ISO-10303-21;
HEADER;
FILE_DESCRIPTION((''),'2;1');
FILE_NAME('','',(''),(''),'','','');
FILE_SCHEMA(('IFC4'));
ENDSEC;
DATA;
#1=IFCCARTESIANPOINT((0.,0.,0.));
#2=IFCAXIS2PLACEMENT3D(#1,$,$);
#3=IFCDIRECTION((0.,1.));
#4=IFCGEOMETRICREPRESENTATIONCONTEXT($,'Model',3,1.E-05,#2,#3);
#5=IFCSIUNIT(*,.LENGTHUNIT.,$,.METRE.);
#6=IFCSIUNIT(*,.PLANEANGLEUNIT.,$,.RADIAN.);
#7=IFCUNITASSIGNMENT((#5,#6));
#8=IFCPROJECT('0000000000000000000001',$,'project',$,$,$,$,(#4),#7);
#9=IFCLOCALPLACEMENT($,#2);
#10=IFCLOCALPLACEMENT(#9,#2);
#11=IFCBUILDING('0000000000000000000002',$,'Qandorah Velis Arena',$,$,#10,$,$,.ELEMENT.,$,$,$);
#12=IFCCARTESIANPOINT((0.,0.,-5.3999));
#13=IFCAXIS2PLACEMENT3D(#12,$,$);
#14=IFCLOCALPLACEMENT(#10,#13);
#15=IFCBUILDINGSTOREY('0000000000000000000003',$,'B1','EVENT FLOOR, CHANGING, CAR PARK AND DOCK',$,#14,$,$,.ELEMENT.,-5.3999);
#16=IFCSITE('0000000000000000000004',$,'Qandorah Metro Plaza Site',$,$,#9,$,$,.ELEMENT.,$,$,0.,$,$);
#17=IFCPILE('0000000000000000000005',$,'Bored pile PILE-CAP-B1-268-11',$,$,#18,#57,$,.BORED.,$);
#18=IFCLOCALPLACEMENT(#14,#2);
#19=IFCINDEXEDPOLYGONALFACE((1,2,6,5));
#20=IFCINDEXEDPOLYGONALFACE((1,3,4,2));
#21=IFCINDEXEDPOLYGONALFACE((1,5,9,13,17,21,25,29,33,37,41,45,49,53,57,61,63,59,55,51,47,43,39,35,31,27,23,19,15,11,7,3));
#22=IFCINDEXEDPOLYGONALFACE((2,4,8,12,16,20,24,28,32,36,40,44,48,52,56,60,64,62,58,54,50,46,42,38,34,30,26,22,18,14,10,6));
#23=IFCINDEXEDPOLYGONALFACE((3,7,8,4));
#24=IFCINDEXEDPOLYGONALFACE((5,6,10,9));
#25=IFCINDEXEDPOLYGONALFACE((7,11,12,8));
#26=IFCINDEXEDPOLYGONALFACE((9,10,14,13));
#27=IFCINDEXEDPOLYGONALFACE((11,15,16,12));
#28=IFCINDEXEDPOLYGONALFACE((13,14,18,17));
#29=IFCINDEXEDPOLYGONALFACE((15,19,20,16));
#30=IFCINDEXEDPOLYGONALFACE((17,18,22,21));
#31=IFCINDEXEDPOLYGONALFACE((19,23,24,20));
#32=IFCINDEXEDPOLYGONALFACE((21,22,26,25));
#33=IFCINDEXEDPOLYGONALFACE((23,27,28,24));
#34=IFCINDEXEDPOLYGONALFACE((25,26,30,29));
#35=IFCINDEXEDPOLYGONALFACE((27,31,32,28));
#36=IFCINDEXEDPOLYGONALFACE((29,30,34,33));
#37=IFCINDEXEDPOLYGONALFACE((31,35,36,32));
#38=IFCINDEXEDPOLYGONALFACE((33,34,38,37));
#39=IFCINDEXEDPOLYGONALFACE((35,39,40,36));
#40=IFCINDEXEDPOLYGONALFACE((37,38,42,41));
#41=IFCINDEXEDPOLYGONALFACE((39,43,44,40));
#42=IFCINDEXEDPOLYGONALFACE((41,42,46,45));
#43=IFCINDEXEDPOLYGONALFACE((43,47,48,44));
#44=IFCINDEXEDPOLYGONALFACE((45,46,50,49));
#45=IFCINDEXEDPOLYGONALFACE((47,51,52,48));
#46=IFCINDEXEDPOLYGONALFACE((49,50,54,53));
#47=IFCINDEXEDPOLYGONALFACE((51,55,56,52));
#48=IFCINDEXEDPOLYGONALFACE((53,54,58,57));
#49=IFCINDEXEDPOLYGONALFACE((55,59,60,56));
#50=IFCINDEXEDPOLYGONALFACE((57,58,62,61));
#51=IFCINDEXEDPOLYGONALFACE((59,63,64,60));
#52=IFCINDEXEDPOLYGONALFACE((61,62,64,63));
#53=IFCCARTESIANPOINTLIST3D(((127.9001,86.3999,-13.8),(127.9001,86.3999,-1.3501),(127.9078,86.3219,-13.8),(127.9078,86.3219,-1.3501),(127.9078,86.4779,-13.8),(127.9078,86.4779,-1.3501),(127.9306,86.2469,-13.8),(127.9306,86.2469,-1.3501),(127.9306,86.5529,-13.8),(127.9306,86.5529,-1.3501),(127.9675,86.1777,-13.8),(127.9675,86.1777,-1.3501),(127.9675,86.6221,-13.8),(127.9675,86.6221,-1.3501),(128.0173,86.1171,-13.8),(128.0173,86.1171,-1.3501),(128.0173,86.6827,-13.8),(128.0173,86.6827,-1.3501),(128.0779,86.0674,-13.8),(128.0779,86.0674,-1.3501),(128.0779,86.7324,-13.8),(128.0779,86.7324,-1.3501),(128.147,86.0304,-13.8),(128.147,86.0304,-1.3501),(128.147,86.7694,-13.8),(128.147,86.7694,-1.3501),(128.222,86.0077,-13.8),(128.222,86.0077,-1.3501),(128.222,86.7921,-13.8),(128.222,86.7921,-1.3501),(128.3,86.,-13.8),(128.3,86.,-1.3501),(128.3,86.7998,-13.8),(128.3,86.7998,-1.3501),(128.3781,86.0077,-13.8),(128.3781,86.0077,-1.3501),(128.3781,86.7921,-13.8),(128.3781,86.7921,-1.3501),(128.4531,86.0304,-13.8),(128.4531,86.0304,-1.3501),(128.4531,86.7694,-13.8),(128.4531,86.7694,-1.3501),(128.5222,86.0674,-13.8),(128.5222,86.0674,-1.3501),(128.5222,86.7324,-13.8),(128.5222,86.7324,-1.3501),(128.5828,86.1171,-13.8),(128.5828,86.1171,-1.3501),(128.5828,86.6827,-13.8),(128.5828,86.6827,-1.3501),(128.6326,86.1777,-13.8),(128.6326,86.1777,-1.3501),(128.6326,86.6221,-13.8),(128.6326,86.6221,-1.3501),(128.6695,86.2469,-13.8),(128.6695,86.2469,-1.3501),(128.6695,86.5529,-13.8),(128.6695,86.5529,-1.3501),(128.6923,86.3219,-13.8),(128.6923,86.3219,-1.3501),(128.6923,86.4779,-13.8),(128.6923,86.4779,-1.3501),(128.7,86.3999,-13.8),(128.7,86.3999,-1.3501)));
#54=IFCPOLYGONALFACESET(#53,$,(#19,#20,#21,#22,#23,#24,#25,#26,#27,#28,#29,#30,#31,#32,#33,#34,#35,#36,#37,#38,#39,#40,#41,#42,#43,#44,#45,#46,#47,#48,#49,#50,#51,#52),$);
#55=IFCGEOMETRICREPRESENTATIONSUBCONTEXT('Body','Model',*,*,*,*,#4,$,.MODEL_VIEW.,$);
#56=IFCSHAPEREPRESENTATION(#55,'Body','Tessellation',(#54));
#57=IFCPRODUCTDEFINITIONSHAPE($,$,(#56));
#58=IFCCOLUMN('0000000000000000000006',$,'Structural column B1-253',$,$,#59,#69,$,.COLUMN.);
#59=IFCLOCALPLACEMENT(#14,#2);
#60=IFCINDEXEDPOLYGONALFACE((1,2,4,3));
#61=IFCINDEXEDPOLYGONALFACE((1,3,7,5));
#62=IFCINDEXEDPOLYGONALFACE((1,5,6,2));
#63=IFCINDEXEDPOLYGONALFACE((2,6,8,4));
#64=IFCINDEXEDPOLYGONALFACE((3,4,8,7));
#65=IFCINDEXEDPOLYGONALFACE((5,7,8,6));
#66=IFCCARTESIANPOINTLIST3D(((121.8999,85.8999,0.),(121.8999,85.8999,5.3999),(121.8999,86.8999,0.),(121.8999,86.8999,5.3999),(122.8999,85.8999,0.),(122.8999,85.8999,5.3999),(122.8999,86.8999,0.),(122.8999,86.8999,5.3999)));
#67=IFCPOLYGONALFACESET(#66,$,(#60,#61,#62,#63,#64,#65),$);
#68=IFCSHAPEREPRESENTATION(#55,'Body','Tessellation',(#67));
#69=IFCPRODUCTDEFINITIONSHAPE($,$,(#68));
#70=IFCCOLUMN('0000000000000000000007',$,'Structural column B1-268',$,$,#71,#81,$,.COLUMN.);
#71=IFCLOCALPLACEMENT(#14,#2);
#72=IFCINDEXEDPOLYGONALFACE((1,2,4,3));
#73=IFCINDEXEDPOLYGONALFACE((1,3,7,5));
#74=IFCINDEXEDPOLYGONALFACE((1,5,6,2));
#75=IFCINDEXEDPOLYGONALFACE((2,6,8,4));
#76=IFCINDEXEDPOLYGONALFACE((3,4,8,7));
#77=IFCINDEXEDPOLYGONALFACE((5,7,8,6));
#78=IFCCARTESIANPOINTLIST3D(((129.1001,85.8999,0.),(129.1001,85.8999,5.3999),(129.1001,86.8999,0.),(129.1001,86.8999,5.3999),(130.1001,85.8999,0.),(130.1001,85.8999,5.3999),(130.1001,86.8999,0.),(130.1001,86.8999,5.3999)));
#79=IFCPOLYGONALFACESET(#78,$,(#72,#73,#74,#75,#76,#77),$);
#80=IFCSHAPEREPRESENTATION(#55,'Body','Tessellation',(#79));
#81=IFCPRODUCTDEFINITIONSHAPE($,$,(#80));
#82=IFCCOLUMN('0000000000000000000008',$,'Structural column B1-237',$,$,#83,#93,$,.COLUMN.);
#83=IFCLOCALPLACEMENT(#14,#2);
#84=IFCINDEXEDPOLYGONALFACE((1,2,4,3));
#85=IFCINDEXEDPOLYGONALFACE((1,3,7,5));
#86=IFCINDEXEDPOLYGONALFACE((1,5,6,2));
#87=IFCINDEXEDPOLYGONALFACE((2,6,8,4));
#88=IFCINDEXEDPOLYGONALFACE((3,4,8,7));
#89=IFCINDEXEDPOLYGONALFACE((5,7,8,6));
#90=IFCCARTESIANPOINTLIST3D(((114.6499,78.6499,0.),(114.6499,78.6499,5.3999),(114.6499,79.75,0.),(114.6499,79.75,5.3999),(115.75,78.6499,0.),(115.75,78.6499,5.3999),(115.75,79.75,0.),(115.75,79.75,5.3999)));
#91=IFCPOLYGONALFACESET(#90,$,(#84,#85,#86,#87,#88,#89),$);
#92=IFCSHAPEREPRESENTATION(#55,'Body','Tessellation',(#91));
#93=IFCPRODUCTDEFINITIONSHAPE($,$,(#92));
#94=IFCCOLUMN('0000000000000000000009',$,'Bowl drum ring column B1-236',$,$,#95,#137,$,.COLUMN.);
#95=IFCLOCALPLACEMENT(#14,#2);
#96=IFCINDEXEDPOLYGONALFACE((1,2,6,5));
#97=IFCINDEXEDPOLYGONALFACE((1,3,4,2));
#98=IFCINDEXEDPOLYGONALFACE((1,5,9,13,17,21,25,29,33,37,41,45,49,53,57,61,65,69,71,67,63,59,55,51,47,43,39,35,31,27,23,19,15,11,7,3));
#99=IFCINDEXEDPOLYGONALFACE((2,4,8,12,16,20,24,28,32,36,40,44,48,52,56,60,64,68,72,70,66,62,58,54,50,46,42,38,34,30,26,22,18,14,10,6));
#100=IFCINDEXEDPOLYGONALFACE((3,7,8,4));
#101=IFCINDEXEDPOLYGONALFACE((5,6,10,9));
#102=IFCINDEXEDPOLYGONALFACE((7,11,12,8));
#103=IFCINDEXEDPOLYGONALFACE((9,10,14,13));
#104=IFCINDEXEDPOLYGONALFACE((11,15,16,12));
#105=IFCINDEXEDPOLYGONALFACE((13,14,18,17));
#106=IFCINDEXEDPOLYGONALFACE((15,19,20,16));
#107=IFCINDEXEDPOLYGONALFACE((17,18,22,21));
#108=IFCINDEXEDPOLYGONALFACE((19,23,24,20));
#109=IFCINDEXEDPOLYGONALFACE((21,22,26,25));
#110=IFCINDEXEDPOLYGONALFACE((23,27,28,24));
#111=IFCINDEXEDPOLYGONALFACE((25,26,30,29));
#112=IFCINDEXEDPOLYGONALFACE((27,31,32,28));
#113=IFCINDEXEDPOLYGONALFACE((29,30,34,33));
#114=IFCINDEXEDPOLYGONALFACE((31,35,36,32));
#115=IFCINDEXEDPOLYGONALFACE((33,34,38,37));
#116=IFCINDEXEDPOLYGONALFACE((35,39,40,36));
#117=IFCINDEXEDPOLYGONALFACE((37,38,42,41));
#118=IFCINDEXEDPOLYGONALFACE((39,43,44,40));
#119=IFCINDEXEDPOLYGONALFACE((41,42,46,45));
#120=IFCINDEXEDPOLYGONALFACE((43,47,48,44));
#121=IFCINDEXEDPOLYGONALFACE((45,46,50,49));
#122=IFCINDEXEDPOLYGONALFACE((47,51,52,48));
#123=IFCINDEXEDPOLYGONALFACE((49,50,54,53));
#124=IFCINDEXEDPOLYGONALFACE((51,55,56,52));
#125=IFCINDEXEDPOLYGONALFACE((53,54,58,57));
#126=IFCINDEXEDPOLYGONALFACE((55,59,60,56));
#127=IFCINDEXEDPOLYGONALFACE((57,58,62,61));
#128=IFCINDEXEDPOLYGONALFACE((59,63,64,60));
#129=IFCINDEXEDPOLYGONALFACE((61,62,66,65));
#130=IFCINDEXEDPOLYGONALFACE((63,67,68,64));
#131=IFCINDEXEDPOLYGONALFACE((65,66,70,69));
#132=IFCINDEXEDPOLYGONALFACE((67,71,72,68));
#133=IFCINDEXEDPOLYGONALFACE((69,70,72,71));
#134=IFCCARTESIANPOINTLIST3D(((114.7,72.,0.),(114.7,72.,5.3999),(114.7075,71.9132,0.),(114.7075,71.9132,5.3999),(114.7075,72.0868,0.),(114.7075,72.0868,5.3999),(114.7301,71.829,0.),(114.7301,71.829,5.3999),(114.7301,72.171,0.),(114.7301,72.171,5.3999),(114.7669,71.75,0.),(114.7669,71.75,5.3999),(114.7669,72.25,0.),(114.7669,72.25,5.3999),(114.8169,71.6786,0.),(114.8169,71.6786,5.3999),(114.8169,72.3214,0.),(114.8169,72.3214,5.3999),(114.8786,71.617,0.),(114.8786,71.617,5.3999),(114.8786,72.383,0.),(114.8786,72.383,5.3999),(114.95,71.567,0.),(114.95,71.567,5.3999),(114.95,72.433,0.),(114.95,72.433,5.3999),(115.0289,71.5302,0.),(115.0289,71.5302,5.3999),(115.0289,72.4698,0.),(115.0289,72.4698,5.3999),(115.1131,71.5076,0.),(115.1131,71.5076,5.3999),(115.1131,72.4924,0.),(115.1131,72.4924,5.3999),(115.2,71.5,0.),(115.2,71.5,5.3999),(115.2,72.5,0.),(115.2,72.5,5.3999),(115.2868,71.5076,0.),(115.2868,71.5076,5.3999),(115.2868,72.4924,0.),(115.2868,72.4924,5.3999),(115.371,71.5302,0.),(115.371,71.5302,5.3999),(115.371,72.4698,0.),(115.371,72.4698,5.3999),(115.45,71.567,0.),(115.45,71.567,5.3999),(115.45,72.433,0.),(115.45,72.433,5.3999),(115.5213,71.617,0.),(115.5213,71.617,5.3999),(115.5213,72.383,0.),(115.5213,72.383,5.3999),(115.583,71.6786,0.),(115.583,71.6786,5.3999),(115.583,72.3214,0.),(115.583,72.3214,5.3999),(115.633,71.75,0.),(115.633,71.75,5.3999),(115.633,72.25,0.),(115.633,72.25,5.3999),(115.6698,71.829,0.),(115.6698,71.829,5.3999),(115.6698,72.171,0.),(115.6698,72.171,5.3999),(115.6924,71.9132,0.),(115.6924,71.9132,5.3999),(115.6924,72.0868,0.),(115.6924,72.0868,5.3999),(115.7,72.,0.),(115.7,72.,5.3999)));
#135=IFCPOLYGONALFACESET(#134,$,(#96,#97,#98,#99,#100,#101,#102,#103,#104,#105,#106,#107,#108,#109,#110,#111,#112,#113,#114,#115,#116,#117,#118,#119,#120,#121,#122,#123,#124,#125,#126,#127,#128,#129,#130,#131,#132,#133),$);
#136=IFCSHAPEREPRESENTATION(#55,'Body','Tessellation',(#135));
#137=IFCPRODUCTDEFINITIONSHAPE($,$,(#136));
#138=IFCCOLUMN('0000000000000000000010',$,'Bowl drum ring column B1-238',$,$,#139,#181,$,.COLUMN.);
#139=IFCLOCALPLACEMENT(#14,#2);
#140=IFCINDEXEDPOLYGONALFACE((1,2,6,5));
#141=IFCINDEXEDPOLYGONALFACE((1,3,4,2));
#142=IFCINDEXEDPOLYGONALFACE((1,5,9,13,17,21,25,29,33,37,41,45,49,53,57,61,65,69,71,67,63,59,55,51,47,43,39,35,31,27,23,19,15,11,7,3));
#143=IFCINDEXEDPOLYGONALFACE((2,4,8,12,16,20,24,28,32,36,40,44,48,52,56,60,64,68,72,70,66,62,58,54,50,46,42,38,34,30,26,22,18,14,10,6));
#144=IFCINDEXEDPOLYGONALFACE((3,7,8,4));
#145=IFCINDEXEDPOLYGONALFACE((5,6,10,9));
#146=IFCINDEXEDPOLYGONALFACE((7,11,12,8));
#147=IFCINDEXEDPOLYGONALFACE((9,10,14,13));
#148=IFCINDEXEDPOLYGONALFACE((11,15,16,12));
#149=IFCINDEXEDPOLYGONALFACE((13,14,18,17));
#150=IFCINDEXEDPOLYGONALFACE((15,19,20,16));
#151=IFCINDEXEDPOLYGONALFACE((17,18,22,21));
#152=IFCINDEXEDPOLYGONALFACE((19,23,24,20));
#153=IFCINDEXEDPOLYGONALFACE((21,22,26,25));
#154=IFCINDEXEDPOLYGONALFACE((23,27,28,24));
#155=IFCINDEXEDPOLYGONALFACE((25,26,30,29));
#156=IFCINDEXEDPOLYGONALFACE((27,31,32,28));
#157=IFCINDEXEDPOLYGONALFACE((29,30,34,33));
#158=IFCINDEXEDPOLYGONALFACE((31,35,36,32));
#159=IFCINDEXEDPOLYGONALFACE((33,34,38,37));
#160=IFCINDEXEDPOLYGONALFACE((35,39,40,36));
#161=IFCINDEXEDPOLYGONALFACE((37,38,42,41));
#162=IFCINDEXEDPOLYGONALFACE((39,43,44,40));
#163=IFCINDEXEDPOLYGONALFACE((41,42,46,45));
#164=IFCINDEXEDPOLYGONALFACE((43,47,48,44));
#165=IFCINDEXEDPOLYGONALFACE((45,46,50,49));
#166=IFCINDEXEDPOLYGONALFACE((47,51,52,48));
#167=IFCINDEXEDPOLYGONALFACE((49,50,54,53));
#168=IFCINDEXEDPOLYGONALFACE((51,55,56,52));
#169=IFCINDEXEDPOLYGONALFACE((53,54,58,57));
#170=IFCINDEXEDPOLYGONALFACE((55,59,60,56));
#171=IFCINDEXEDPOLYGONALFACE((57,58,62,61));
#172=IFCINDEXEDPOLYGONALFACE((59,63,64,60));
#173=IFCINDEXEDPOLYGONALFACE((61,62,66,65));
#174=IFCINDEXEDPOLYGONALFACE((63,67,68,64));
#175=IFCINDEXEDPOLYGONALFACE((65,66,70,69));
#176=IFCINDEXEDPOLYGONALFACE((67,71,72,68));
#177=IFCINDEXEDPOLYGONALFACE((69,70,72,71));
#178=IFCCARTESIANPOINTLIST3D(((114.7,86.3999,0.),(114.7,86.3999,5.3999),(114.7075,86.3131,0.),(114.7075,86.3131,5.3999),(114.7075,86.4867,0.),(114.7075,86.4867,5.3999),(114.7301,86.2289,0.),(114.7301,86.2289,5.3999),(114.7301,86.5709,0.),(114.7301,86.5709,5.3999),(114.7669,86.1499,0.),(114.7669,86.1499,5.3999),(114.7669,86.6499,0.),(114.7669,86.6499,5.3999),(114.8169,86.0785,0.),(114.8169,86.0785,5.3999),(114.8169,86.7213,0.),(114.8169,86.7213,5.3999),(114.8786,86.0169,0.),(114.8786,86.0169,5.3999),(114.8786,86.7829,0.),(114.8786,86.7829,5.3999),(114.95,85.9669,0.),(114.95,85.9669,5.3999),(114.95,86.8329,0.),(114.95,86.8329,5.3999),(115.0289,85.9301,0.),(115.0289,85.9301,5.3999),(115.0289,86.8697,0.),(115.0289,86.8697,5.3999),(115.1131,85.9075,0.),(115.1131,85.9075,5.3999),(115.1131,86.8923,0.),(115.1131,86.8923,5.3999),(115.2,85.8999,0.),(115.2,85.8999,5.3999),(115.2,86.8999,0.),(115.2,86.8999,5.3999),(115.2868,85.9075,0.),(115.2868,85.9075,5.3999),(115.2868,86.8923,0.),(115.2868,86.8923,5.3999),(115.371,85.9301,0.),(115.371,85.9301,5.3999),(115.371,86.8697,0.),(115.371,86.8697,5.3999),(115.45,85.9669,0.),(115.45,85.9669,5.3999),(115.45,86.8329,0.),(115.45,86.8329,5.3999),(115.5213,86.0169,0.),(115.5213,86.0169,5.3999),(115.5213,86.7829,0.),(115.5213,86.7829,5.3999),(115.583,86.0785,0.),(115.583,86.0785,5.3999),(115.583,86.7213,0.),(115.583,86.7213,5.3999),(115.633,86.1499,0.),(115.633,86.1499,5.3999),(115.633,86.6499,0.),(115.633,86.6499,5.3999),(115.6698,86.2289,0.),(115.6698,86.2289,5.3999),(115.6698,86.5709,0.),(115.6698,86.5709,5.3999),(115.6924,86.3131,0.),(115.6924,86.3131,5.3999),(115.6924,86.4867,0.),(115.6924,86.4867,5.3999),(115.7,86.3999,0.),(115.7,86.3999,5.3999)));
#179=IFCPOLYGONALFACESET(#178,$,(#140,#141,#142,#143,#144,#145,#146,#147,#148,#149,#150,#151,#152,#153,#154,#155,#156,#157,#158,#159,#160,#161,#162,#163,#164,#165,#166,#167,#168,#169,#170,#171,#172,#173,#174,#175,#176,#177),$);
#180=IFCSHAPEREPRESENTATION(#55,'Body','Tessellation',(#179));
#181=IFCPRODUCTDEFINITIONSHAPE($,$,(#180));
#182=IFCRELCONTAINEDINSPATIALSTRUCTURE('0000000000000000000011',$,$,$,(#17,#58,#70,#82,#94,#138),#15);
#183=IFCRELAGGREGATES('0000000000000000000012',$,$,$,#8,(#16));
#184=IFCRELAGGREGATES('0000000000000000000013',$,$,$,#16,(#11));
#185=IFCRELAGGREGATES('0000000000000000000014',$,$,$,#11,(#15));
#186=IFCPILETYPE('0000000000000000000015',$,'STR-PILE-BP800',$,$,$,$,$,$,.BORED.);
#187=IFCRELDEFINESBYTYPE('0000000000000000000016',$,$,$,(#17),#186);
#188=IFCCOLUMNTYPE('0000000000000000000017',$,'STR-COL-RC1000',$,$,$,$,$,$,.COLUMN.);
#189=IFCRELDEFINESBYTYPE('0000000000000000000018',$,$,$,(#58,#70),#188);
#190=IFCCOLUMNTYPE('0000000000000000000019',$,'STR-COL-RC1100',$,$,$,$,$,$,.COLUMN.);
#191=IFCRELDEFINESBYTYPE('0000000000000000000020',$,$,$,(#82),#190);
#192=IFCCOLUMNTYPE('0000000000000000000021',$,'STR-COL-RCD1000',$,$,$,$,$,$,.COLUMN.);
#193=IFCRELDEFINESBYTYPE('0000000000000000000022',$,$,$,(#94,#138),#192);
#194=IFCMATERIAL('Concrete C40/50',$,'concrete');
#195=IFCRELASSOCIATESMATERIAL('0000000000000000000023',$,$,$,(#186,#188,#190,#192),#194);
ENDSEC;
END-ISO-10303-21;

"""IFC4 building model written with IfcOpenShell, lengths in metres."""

from ifc_helpers import new_model, si_unit, direction, frame, origin, origin_2d, place, context, subcontext, project, spatial, rectangle, circle, extrude, material, material_profile, profile_set, type_object, element, save


model = new_model("IFC4")

# Units and contexts
model_context = context("Model", 3, precision=1e-05, world=origin(), true_north=direction((0.0, 1.0)))
body_context = subcontext(model_context, "Body", "Model", "MODEL_VIEW")
ifc_project = project(units=[si_unit("LENGTHUNIT", "METRE"), si_unit("PLANEANGLEUNIT", "RADIAN")], contexts=[model_context])

# Site, building, storey
site_placement = place(None, origin())
site = spatial("IfcSite", under=ifc_project, at=site_placement, Name="Qandorah Metro Plaza Site", CompositionType="ELEMENT", RefElevation=0.0)
building_placement = place(site_placement, origin())
building = spatial("IfcBuilding", under=site, at=building_placement, Name="Qandorah Velis Arena", CompositionType="ELEMENT")
storey_placement = place(building_placement, frame((0.0, 0.0, -5.3999)))
storey = spatial("IfcBuildingStorey", under=building, at=storey_placement, Name="B1", Description="EVENT FLOOR, CHANGING, CAR PARK AND DOCK", CompositionType="ELEMENT", Elevation=-5.3999)

# Shared definitions
ifc_material_1 = material(Name="Concrete C40/50", Category="concrete")

# Pile
ifc_material_profile_1 = material_profile(ifc_material_1, circle(Radius=0.3999, at=origin_2d()), Name="BORED PILE D800")
ifc_profile_set_1 = profile_set([ifc_material_profile_1], Name="Concrete C40/50")
pile_type_1 = type_object("IfcPileType", Name="STR-PILE-BP800", PredefinedType="BORED", material=ifc_profile_set_1)
pile_1_placement = place(storey_placement, frame((128.3, 86.3999, -1.3501), z_axis=(0.0, 0.0, -1.0), x_axis=(1.0, 0.0, 0.0)))
element("IfcPile", 1, at=pile_1_placement, inside=storey, type_object=pile_type_1, Name="Bored pile PILE-CAP-B1-268-11", PredefinedType="BORED", context=body_context, shape_type="SweptSolid", body=[
    extrude(circle(Radius=0.3999, at=origin_2d()), origin(), (0.0, 0.0, 1.0), 12.45),
])

# Columns
ifc_material_profile_2 = material_profile(ifc_material_1, rectangle(XDim=1.0, YDim=1.0, at=origin_2d()), Name="RC COL 1000x1000")
ifc_profile_set_2 = profile_set([ifc_material_profile_2], Name="Concrete C40/50")
column_type_1 = type_object("IfcColumnType", Name="STR-COL-RC1000", PredefinedType="COLUMN", material=ifc_profile_set_2)
for number, where, z_axis, x_axis, name in (
    (2, (122.3999, 86.3999, 0.0), (0.0, 0.0, 1.0), (1.0, 0.0, 0.0), "Structural column B1-253"),
    (3, (129.6001, 86.3999, 0.0), (0.0, 0.0, 1.0), (1.0, 0.0, 0.0), "Structural column B1-268"),
):
    element("IfcColumn", number, at=place(storey_placement, frame(where, z_axis=z_axis, x_axis=x_axis)), inside=storey, type_object=column_type_1, Name=name, PredefinedType="COLUMN", context=body_context, shape_type="SweptSolid", body=[
        extrude(rectangle(XDim=1.0, YDim=1.0, at=origin_2d()), origin(), (0.0, 0.0, 1.0), 5.3999),
    ])
ifc_material_profile_3 = material_profile(ifc_material_1, rectangle(XDim=1.1001, YDim=1.1001, at=origin_2d()), Name="RC COL 1100x1100")
ifc_profile_set_3 = profile_set([ifc_material_profile_3], Name="Concrete C40/50")
column_type_2 = type_object("IfcColumnType", Name="STR-COL-RC1100", PredefinedType="COLUMN", material=ifc_profile_set_3)
column_1_placement = place(storey_placement, frame((115.2, 79.2, 0.0), z_axis=(0.0, 0.0, 1.0), x_axis=(1.0, 0.0, 0.0)))
element("IfcColumn", 4, at=column_1_placement, inside=storey, type_object=column_type_2, Name="Structural column B1-237", PredefinedType="COLUMN", context=body_context, shape_type="SweptSolid", body=[
    extrude(rectangle(XDim=1.1001, YDim=1.1001, at=origin_2d()), origin(), (0.0, 0.0, 1.0), 5.3999),
])
ifc_material_profile_4 = material_profile(ifc_material_1, circle(Radius=0.5, at=origin_2d()), Name="RC D1000")
ifc_profile_set_4 = profile_set([ifc_material_profile_4], Name="Concrete C40/50")
column_type_3 = type_object("IfcColumnType", Name="STR-COL-RCD1000", PredefinedType="COLUMN", material=ifc_profile_set_4)
for number, where, z_axis, x_axis, name in (
    (5, (115.2, 72.0, 0.0), (0.0, 0.0, 1.0), (1.0, 0.0, 0.0), "Bowl drum ring column B1-236"),
    (6, (115.2, 86.3999, 0.0), (0.0, 0.0, 1.0), (1.0, 0.0, 0.0), "Bowl drum ring column B1-238"),
):
    element("IfcColumn", number, at=place(storey_placement, frame(where, z_axis=z_axis, x_axis=x_axis)), inside=storey, type_object=column_type_3, Name=name, PredefinedType="COLUMN", context=body_context, shape_type="SweptSolid", body=[
        extrude(circle(Radius=0.5, at=origin_2d()), origin(), (0.0, 0.0, 1.0), 5.3999),
    ])

save(model, "model.ifc")
